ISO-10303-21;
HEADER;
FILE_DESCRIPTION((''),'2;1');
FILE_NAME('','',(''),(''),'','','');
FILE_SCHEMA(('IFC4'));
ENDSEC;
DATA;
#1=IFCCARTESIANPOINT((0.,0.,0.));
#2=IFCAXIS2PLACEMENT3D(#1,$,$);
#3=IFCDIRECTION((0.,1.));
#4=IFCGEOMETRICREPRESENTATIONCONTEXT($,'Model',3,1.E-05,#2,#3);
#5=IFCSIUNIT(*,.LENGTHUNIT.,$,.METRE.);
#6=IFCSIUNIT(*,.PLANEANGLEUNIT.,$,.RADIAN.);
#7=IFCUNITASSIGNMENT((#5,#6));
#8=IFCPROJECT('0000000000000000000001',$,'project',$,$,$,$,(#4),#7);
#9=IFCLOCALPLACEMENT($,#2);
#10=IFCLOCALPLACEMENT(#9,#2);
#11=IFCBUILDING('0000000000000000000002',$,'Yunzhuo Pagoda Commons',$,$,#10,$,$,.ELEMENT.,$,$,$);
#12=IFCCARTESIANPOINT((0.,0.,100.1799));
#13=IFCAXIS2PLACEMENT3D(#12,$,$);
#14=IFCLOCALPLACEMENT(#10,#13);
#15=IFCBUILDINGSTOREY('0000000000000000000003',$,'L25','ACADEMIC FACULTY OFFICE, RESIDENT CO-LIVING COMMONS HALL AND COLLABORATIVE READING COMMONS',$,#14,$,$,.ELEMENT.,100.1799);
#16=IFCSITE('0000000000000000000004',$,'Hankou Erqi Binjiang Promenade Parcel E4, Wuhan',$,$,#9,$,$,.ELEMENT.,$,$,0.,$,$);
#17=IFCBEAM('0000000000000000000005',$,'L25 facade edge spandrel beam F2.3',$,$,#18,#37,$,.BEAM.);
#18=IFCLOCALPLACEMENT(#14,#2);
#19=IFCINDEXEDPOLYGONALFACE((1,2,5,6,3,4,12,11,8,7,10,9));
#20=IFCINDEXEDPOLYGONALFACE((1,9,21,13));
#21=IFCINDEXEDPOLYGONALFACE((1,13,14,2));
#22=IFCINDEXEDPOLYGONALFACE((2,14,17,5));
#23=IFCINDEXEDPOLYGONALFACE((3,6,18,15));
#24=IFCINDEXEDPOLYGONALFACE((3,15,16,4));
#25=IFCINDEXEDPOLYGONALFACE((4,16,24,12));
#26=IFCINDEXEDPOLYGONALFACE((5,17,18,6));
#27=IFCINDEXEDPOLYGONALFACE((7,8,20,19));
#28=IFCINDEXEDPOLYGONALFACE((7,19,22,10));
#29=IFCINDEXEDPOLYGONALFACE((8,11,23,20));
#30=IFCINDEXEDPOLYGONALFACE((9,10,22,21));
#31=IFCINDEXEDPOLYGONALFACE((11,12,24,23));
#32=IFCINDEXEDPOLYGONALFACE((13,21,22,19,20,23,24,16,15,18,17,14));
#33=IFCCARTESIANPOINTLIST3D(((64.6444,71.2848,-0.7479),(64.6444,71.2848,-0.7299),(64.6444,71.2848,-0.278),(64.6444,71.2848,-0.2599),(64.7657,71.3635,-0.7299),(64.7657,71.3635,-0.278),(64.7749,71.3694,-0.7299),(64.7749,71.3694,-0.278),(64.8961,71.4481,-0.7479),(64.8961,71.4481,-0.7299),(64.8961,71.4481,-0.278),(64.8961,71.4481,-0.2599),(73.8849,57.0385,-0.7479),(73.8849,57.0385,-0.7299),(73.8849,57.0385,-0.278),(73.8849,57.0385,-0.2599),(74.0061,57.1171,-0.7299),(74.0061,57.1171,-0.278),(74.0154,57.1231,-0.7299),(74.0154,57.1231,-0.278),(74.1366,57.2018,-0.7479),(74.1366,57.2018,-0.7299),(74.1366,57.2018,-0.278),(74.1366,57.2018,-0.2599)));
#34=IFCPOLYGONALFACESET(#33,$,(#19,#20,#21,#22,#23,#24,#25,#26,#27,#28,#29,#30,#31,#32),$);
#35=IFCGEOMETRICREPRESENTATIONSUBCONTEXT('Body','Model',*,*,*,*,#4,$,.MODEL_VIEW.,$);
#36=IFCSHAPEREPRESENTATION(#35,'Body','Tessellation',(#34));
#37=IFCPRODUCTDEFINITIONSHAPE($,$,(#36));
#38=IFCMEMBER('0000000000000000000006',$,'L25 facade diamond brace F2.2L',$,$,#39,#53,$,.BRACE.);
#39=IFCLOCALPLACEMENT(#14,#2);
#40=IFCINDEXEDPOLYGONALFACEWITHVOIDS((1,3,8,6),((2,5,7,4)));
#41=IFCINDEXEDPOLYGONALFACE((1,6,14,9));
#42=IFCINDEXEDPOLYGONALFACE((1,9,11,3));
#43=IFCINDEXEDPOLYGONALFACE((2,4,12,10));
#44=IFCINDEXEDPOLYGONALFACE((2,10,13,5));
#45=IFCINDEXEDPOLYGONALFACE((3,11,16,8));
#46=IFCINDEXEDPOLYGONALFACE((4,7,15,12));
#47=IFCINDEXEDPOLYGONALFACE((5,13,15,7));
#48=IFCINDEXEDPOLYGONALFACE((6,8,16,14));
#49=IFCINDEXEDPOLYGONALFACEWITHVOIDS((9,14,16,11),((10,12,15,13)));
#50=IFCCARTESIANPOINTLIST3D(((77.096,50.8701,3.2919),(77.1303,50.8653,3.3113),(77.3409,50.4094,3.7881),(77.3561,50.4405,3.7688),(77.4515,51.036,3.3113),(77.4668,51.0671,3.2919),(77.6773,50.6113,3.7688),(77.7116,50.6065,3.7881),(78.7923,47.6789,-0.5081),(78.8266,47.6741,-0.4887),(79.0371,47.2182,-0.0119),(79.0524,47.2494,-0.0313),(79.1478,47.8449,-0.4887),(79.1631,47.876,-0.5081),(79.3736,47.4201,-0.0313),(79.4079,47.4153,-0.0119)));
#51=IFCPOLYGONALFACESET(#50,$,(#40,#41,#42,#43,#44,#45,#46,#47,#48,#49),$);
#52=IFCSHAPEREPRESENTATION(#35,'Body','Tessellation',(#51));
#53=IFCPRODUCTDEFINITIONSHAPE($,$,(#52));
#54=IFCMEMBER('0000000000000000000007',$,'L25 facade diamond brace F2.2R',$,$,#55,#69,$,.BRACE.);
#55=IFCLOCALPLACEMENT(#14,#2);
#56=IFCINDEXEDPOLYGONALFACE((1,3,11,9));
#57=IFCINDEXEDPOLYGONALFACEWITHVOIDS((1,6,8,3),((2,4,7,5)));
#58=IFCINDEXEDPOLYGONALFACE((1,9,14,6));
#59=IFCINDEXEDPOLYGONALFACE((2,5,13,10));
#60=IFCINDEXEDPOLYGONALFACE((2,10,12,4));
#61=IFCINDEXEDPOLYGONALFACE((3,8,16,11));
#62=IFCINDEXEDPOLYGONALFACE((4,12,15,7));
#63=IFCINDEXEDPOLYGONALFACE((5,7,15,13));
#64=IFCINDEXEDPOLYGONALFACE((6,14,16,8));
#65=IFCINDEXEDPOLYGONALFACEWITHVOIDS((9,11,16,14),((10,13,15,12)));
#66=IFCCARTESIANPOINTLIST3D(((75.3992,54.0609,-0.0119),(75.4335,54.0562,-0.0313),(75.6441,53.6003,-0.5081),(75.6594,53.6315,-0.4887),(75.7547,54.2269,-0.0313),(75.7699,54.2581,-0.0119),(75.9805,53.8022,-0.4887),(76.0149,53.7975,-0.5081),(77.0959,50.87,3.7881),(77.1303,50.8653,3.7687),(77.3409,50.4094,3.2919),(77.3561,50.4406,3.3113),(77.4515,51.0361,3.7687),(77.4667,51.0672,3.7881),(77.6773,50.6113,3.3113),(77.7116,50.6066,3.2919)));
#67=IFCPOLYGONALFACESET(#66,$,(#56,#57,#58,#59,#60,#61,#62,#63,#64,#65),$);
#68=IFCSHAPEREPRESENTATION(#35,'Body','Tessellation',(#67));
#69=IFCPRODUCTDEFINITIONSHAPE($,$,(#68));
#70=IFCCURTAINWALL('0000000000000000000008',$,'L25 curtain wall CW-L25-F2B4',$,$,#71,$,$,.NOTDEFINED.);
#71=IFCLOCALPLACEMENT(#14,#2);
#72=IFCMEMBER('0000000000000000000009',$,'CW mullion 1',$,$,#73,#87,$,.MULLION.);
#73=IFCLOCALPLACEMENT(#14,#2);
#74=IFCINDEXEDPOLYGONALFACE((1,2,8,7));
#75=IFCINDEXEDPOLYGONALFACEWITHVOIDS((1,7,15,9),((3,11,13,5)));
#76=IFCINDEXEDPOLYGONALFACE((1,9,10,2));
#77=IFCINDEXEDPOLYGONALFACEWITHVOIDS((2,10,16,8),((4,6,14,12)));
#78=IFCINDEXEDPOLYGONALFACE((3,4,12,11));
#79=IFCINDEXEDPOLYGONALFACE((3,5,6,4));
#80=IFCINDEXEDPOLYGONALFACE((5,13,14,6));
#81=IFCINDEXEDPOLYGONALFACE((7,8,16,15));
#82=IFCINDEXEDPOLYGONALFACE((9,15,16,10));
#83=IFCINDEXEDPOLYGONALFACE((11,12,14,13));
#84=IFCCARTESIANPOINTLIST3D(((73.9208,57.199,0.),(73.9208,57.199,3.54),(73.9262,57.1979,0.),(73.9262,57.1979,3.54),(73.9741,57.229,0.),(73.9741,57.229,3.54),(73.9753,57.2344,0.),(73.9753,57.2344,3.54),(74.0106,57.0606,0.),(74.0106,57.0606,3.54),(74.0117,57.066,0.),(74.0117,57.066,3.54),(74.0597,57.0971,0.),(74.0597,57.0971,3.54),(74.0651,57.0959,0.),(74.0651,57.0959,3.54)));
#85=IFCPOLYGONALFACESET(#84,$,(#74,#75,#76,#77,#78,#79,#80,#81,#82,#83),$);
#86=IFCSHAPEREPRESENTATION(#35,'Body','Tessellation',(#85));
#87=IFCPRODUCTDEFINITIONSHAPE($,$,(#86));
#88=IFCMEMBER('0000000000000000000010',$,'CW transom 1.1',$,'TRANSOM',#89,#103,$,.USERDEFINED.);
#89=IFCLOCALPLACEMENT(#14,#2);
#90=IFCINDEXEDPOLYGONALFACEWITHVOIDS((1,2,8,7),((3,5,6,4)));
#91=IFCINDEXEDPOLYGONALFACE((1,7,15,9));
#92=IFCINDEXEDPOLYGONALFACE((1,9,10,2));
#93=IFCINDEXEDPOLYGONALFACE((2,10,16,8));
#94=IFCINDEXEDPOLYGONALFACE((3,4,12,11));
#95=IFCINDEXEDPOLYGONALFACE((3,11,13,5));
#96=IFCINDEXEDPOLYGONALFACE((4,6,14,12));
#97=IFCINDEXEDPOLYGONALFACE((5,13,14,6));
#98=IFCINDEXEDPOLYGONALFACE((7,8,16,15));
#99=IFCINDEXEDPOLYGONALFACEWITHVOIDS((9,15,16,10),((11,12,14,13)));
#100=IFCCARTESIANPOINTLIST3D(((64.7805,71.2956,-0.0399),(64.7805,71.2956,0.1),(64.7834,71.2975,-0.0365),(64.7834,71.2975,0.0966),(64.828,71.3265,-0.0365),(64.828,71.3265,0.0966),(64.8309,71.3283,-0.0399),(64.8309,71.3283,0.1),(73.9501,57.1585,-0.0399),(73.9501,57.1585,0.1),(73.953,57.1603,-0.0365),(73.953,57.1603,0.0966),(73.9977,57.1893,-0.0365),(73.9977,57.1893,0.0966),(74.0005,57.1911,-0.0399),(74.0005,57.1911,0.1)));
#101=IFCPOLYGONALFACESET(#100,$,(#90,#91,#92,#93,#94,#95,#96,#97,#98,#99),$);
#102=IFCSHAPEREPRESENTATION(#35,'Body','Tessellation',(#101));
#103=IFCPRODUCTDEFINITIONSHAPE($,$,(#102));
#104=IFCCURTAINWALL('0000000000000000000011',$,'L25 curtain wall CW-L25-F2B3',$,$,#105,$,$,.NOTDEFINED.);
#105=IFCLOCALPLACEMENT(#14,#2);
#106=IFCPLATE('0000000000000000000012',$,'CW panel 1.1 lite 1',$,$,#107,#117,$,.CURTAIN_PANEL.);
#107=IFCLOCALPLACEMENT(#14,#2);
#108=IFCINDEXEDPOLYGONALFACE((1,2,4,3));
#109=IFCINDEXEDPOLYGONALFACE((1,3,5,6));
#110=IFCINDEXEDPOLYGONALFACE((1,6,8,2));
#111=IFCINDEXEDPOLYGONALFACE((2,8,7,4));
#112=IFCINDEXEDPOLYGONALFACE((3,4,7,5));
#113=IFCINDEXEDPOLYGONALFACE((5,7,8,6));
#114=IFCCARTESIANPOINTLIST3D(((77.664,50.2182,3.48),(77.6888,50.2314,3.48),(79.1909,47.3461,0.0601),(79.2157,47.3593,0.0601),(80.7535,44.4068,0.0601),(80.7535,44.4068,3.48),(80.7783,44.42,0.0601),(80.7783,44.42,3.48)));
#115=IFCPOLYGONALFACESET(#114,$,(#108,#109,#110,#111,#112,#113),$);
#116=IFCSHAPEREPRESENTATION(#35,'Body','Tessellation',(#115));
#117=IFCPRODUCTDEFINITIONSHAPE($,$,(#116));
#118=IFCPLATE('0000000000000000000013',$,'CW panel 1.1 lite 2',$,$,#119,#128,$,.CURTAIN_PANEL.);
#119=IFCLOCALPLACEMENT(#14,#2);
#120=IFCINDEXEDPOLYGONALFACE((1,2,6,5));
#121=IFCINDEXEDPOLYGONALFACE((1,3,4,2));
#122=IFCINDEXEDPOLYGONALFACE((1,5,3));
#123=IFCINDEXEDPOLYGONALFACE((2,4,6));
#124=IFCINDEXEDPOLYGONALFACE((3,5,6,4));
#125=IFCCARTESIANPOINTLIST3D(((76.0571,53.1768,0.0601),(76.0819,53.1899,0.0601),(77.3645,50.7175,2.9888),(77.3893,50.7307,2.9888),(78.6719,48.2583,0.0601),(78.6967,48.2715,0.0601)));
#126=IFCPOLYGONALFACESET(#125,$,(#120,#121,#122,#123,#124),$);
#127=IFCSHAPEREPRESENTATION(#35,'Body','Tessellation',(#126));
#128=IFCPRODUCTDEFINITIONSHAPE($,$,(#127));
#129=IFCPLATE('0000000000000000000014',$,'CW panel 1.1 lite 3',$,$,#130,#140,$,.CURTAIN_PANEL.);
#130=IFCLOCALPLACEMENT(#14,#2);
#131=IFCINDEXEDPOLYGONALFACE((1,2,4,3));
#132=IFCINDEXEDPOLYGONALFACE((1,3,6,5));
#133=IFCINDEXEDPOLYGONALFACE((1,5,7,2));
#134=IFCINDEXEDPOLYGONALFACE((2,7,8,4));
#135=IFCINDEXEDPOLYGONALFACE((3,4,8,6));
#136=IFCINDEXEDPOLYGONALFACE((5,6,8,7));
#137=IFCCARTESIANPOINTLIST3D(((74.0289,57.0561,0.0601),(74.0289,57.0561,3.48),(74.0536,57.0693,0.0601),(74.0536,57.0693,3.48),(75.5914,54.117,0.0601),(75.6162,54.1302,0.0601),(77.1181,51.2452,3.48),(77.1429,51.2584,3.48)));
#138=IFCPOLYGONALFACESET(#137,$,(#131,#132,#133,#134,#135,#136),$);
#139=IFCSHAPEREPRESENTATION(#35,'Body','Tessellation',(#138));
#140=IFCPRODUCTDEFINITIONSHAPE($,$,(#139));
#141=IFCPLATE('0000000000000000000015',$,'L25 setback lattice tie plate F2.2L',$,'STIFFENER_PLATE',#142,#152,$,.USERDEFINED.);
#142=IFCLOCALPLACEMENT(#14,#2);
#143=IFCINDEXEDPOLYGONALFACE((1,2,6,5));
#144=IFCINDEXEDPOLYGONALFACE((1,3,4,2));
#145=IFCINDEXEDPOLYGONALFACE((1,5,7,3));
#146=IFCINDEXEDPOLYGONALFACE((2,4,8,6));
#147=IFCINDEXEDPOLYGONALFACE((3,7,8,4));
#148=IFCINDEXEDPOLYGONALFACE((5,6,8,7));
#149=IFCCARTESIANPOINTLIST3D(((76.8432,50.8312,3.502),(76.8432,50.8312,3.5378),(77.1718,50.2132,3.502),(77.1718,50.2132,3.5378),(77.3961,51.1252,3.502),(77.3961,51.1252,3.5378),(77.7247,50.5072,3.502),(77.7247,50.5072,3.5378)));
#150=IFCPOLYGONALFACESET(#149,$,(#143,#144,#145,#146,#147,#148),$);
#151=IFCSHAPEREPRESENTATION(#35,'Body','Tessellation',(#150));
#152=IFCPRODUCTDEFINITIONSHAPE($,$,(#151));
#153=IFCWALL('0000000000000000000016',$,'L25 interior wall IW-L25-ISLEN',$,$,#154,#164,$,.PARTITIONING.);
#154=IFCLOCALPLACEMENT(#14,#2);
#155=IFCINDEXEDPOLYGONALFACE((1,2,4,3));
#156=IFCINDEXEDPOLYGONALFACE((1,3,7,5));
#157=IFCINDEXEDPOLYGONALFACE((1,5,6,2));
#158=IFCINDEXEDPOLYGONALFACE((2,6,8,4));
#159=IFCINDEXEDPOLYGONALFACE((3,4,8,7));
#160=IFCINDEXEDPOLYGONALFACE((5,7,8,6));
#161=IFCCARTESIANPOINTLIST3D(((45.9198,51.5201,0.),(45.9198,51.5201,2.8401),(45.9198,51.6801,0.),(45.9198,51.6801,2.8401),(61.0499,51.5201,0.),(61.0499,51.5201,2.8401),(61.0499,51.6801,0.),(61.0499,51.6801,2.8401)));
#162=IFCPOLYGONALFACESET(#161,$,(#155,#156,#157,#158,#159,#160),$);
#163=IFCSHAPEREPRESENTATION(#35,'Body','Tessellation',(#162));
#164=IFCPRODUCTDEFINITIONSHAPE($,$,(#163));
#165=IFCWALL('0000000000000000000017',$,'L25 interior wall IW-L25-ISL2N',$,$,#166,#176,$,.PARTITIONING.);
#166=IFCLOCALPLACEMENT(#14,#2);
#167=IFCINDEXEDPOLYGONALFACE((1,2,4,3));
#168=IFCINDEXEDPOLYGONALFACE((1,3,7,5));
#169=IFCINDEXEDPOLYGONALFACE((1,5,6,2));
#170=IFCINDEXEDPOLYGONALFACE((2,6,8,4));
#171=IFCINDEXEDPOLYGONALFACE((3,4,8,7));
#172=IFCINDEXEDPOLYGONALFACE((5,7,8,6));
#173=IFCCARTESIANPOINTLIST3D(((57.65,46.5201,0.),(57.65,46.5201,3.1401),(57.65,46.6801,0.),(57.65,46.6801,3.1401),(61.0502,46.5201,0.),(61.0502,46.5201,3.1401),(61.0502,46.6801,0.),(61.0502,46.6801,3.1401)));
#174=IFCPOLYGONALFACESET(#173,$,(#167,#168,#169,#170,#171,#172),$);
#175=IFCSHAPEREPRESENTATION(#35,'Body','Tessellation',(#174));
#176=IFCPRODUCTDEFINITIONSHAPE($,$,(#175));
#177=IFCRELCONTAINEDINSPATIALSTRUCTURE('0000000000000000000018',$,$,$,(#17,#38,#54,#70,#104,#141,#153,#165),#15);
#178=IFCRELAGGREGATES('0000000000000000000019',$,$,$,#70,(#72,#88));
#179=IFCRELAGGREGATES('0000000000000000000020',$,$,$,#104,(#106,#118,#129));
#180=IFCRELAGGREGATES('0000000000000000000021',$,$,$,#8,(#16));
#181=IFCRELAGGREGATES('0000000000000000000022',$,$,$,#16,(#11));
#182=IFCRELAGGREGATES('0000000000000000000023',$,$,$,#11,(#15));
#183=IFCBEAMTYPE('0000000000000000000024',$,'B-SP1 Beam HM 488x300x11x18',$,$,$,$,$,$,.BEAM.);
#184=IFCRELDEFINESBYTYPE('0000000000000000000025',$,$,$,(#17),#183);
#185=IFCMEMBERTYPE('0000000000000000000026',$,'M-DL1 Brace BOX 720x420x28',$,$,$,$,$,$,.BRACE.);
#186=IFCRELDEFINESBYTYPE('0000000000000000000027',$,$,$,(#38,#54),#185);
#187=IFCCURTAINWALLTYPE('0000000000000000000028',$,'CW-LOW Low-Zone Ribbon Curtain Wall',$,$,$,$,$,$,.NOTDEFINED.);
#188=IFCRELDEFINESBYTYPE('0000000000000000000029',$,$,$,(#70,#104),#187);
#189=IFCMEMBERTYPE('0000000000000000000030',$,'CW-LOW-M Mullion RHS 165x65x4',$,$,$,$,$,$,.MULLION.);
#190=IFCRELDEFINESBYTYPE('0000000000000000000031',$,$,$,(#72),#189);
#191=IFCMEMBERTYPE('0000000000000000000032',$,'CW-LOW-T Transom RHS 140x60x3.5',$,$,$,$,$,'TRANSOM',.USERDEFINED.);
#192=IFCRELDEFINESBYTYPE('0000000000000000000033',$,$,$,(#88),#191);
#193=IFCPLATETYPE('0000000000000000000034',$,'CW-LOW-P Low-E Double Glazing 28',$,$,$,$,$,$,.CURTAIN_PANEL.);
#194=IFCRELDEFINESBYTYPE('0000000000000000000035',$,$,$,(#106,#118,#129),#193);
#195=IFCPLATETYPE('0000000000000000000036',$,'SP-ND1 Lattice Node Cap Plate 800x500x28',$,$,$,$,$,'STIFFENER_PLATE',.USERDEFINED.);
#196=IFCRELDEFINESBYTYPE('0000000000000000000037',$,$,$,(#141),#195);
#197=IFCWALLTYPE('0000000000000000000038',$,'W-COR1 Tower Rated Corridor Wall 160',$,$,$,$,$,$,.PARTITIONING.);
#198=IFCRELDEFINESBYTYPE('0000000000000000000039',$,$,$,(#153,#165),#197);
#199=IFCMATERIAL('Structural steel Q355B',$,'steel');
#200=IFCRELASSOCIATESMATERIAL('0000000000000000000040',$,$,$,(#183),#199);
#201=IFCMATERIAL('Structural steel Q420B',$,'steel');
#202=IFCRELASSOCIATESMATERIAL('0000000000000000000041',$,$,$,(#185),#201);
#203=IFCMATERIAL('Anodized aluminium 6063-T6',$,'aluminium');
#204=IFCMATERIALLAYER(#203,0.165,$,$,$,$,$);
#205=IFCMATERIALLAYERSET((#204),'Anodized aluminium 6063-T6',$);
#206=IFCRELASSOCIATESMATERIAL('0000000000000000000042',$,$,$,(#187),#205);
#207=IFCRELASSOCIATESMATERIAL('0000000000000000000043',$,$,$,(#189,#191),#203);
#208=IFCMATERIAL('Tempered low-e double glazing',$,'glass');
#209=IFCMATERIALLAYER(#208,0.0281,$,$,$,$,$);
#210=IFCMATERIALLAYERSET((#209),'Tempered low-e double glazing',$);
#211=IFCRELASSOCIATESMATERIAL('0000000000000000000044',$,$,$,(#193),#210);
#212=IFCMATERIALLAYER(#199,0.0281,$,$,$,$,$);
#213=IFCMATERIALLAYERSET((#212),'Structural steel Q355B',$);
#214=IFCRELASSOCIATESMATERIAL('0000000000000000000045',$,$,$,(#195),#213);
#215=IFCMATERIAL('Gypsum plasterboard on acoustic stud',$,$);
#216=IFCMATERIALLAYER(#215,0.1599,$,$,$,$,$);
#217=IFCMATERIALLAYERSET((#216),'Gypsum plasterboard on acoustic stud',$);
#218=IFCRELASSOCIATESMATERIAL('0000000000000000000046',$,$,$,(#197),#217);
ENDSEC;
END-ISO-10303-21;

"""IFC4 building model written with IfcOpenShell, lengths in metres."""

from ifc_helpers import new_model, si_unit, direction, frame, frame_2d, origin, origin_2d, place, context, subcontext, project, spatial, polyline, rectangle, hollow_rectangle, i_section, outline, extrude, source, transform, mapped, material, layer, layer_set, material_profile, profile_set, type_object, element, aggregate, save


model = new_model("IFC4")

# Units and contexts
model_context = context("Model", 3, precision=1e-05, world=origin(), true_north=direction((0.0, 1.0)))
body_context = subcontext(model_context, "Body", "Model", "MODEL_VIEW")
ifc_project = project(units=[si_unit("LENGTHUNIT", "METRE"), si_unit("PLANEANGLEUNIT", "RADIAN")], contexts=[model_context])

# Site, building, storey
site_placement = place(None, origin())
site = spatial("IfcSite", under=ifc_project, at=site_placement, Name="Hankou Erqi Binjiang Promenade Parcel E4, Wuhan", CompositionType="ELEMENT", RefElevation=0.0)
building_placement = place(site_placement, origin())
building = spatial("IfcBuilding", under=site, at=building_placement, Name="Yunzhuo Pagoda Commons", CompositionType="ELEMENT")
storey_placement = place(building_placement, frame((0.0, 0.0, 100.1799)))
storey = spatial("IfcBuildingStorey", under=building, at=storey_placement, Name="L25", Description="ACADEMIC FACULTY OFFICE, RESIDENT CO-LIVING COMMONS HALL AND COLLABORATIVE READING COMMONS", CompositionType="ELEMENT", Elevation=100.1799)

# Shared definitions
ifc_material_1 = material(Name="Structural steel Q420B", Category="steel")

# Beam
ifc_material_2 = material(Name="Structural steel Q355B", Category="steel")
ifc_material_profile_1 = material_profile(ifc_material_2, i_section(OverallWidth=0.3, OverallDepth=0.488, WebThickness=0.011, FlangeThickness=0.0181, at=origin_2d()), Name="Structural steel Q355B")
ifc_profile_set_1 = profile_set([ifc_material_profile_1], Name="Structural steel Q355B")
beam_type_1 = type_object("IfcBeamType", Name="B-SP1 Beam HM 488x300x11x18", PredefinedType="BEAM", material=ifc_profile_set_1)
shared_shape_1 = source(origin(), body_context, "Body", "SweptSolid", [
    extrude(i_section(OverallWidth=0.3, OverallDepth=0.488, WebThickness=0.011, FlangeThickness=0.0181, at=origin_2d()), origin(), (0.0, 0.0, 1.0), 16.9807),
])
beam_1_placement = place(storey_placement, frame((74.0107, 57.1201, -0.5039), z_axis=(-0.544175, 0.838972, 0.0), x_axis=(-0.838972, -0.544175, 0.0)))
element("IfcBeam", 1, at=beam_1_placement, inside=storey, type_object=beam_type_1, Name="L25 facade edge spandrel beam F2.3", PredefinedType="BEAM", context=body_context, shape_type="MappedRepresentation", body=[
    mapped(shared_shape_1, transform((0.0, 0.0, 0.0), scale=1.0)),
])

# Members
ifc_material_profile_2 = material_profile(ifc_material_1, hollow_rectangle(XDim=0.4199, YDim=0.72, WallThickness=0.0281, at=origin_2d()), Name="Structural steel Q420B")
ifc_profile_set_2 = profile_set([ifc_material_profile_2], Name="Structural steel Q420B")
member_type_1 = type_object("IfcMemberType", Name="M-DL1 Brace BOX 720x420x28", PredefinedType="BRACE", material=ifc_profile_set_2)
shared_shape_2 = source(origin(), body_context, "Body", "SweptSolid", [
    extrude(hollow_rectangle(XDim=0.4199, YDim=0.72, WallThickness=0.0281, at=origin_2d()), origin(), (0.0, 0.0, 1.0), 5.2441),
])
for number, where, z_axis, x_axis, name in (
    (2, (79.1001, 47.5471, -0.26), (-0.323462, 0.608517, 0.724624), (-0.883003, -0.469368, 0.0), "L25 facade diamond brace F2.2L"),
    (3, (75.707, 53.9292, -0.26), (0.323555, -0.608469, 0.724623), (0.882932, 0.469501, 0.0), "L25 facade diamond brace F2.2R"),
):
    element("IfcMember", number, at=place(storey_placement, frame(where, z_axis=z_axis, x_axis=x_axis)), inside=storey, type_object=member_type_1, Name=name, PredefinedType="BRACE", context=body_context, shape_type="MappedRepresentation", body=[
        mapped(shared_shape_2, transform((0.0, 0.0, 0.0), scale=1.0)),
    ])

# Curtain wall, members
ifc_material_3 = material(Name="Anodized aluminium 6063-T6", Category="aluminium")
ifc_layer_1 = layer(ifc_material_3, 0.165)
ifc_layer_set_1 = layer_set([ifc_layer_1], Name="Anodized aluminium 6063-T6")
curtain_wall_type = type_object("IfcCurtainWallType", Name="CW-LOW Low-Zone Ribbon Curtain Wall", PredefinedType="NOTDEFINED", material=ifc_layer_set_1)
curtain_wall_1_placement = place(storey_placement, origin())
curtain_wall_1 = element("IfcCurtainWall", 4, at=curtain_wall_1_placement, inside=storey, type_object=curtain_wall_type, Name="L25 curtain wall CW-L25-F2B4", PredefinedType="NOTDEFINED")
ifc_material_profile_3 = material_profile(ifc_material_3, hollow_rectangle(XDim=0.0649, YDim=0.165, WallThickness=0.0039, at=origin_2d()), Name="Anodized aluminium 6063-T6")
ifc_profile_set_3 = profile_set([ifc_material_profile_3], Name="Anodized aluminium 6063-T6")
member_type_2 = type_object("IfcMemberType", Name="CW-LOW-M Mullion RHS 165x65x4", PredefinedType="MULLION", material=ifc_profile_set_3)
shared_shape_3 = source(origin(), body_context, "Body", "SweptSolid", [
    extrude(hollow_rectangle(XDim=0.0649, YDim=0.165, WallThickness=0.0039, at=origin_2d()), origin(), (0.0, 0.0, 1.0), 3.54),
])
member_1_placement = place(storey_placement, frame((73.9929, 57.1475, 0.0), z_axis=(0.0, 0.0, 1.0), x_axis=(-0.838972, -0.544174, 0.0)))
member_1 = element("IfcMember", 5, at=member_1_placement, type_object=member_type_2, Name="CW mullion 1", PredefinedType="MULLION", context=body_context, shape_type="MappedRepresentation", body=[
    mapped(shared_shape_3, transform((0.0, 0.0, 0.0), scale=1.0)),
])
ifc_material_profile_4 = material_profile(ifc_material_3, hollow_rectangle(XDim=0.0601, YDim=0.1399, WallThickness=0.0034, at=origin_2d()), Name="Anodized aluminium 6063-T6")
ifc_profile_set_4 = profile_set([ifc_material_profile_4], Name="Anodized aluminium 6063-T6")
member_type_3 = type_object("IfcMemberType", Name="CW-LOW-T Transom RHS 140x60x3.5", ElementType="TRANSOM", PredefinedType="USERDEFINED", material=ifc_profile_set_4)
shared_shape_4 = source(origin(), body_context, "Body", "SweptSolid", [
    extrude(hollow_rectangle(XDim=0.0601, YDim=0.1399, WallThickness=0.0034, at=origin_2d()), origin(), (0.0, 0.0, 1.0), 16.8506),
])
member_2_placement = place(storey_placement, frame((73.9753, 57.1748, 0.03), z_axis=(-0.544174, 0.838972, 0.0), x_axis=(-0.838972, -0.544174, 0.0)))
member_2 = element("IfcMember", 6, at=member_2_placement, type_object=member_type_3, Name="CW transom 1.1", ObjectType="TRANSOM", PredefinedType="USERDEFINED", context=body_context, shape_type="MappedRepresentation", body=[
    mapped(shared_shape_4, transform((0.0, 0.0, 0.0), scale=1.0)),
])
aggregate(curtain_wall_1, [member_1, member_2])

# Curtain wall, plates
curtain_wall_2_placement = place(storey_placement, origin())
curtain_wall_2 = element("IfcCurtainWall", 7, at=curtain_wall_2_placement, inside=storey, type_object=curtain_wall_type, Name="L25 curtain wall CW-L25-F2B3", PredefinedType="NOTDEFINED")
ifc_material_4 = material(Name="Tempered low-e double glazing", Category="glass")
ifc_layer_2 = layer(ifc_material_4, 0.0281)
ifc_layer_set_2 = layer_set([ifc_layer_2], Name="Tempered low-e double glazing")
plate_type_1 = type_object("IfcPlateType", Name="CW-LOW-P Low-E Double Glazing 28", PredefinedType="CURTAIN_PANEL", material=ifc_layer_set_2)
plate_1_placement = place(storey_placement, frame((79.2087, 47.3125, 1.77), z_axis=(0.882976, 0.469418, 0.0), x_axis=(-0.469418, 0.882976, 0.0)))
plate_1 = element("IfcPlate", 8, at=plate_1_placement, type_object=plate_type_1, Name="CW panel 1.1 lite 1", PredefinedType="CURTAIN_PANEL", context=body_context, shape_type="SweptSolid", body=[
    extrude(outline(polyline([(-3.2908, -1.71), (0.0381, -1.71), (3.2908, 1.71), (-3.2908, 1.71), (-3.2908, -1.71)])), origin(), (0.0, 0.0, 1.0), 0.0281),
])
plate_2_placement = place(storey_placement, frame((77.3645, 50.7175, 1.5244), z_axis=(0.882976, 0.469418, 0.0), x_axis=(-0.469418, 0.882976, 0.0)))
plate_2 = element("IfcPlate", 9, at=plate_2_placement, type_object=plate_type_1, Name="CW panel 1.1 lite 2", PredefinedType="CURTAIN_PANEL", context=body_context, shape_type="SweptSolid", body=[
    extrude(outline(polyline([(-2.7852, -1.4644), (2.7852, -1.4644), (0.0, 1.4644), (-2.7852, -1.4644)])), origin(), (0.0, 0.0, 1.0), 0.0281),
])
plate_3_placement = place(storey_placement, frame((75.5735, 54.1506, 1.77), z_axis=(0.882976, 0.469418, 0.0), x_axis=(-0.469418, 0.882976, 0.0)))
plate_3 = element("IfcPlate", 10, at=plate_3_placement, type_object=plate_type_1, Name="CW panel 1.1 lite 3", PredefinedType="CURTAIN_PANEL", context=body_context, shape_type="SweptSolid", body=[
    extrude(outline(polyline([(-3.2905, 1.71), (-0.0381, -1.71), (3.2905, -1.71), (3.2905, 1.71), (-3.2905, 1.71)])), origin(), (0.0, 0.0, 1.0), 0.0281),
])
aggregate(curtain_wall_2, [plate_1, plate_2, plate_3])

# Plate
ifc_layer_3 = layer(ifc_material_2, 0.0281)
ifc_layer_set_3 = layer_set([ifc_layer_3], Name="Structural steel Q355B")
plate_type_2 = type_object("IfcPlateType", Name="SP-ND1 Lattice Node Cap Plate 800x500x28", ElementType="STIFFENER_PLATE", PredefinedType="USERDEFINED", material=ifc_layer_set_3)
shared_shape_5 = source(origin(), body_context, "Body", "SweptSolid", [
    extrude(rectangle(XDim=0.7, YDim=0.6262, at=origin_2d()), origin(), (0.0, 0.0, 1.0), 0.0359),
])
plate_4_placement = place(storey_placement, frame((77.2839, 50.6692, 3.502), z_axis=(0.0, 0.0, 1.0), x_axis=(-0.469425, 0.882972, 0.0)))
element("IfcPlate", 11, at=plate_4_placement, inside=storey, type_object=plate_type_2, Name="L25 setback lattice tie plate F2.2L", ObjectType="STIFFENER_PLATE", PredefinedType="USERDEFINED", context=body_context, shape_type="MappedRepresentation", body=[
    mapped(shared_shape_5, transform((0.0, 0.0, 0.0), scale=1.0)),
])

# Walls
ifc_material_5 = material(Name="Gypsum plasterboard on acoustic stud")
ifc_layer_4 = layer(ifc_material_5, 0.1599)
ifc_layer_set_4 = layer_set([ifc_layer_4], Name="Gypsum plasterboard on acoustic stud")
wall_type_1 = type_object("IfcWallType", Name="W-COR1 Tower Rated Corridor Wall 160", PredefinedType="PARTITIONING", material=ifc_layer_set_4)
wall_1_placement = place(storey_placement, frame((45.9199, 51.6001, 0.0), z_axis=(0.0, 0.0, 1.0), x_axis=(1.0, 0.0, 0.0)))
element("IfcWall", 12, at=wall_1_placement, inside=storey, type_object=wall_type_1, Name="L25 interior wall IW-L25-ISLEN", PredefinedType="PARTITIONING", context=body_context, shape_type="SweptSolid", body=[
    extrude(rectangle(XDim=15.1301, YDim=0.1599, at=frame_2d((7.5649, 0.0))), origin(), (0.0, 0.0, 1.0), 2.8401),
])
wall_2_placement = place(storey_placement, frame((57.6499, 46.6001, 0.0), z_axis=(0.0, 0.0, 1.0), x_axis=(1.0, 0.0, 0.0)))
element("IfcWall", 13, at=wall_2_placement, inside=storey, type_object=wall_type_1, Name="L25 interior wall IW-L25-ISL2N", PredefinedType="PARTITIONING", context=body_context, shape_type="SweptSolid", body=[
    extrude(rectangle(XDim=3.4001, YDim=0.1599, at=frame_2d((1.7002, 0.0))), origin(), (0.0, 0.0, 1.0), 3.1401),
])

save(model, "model.ifc")
